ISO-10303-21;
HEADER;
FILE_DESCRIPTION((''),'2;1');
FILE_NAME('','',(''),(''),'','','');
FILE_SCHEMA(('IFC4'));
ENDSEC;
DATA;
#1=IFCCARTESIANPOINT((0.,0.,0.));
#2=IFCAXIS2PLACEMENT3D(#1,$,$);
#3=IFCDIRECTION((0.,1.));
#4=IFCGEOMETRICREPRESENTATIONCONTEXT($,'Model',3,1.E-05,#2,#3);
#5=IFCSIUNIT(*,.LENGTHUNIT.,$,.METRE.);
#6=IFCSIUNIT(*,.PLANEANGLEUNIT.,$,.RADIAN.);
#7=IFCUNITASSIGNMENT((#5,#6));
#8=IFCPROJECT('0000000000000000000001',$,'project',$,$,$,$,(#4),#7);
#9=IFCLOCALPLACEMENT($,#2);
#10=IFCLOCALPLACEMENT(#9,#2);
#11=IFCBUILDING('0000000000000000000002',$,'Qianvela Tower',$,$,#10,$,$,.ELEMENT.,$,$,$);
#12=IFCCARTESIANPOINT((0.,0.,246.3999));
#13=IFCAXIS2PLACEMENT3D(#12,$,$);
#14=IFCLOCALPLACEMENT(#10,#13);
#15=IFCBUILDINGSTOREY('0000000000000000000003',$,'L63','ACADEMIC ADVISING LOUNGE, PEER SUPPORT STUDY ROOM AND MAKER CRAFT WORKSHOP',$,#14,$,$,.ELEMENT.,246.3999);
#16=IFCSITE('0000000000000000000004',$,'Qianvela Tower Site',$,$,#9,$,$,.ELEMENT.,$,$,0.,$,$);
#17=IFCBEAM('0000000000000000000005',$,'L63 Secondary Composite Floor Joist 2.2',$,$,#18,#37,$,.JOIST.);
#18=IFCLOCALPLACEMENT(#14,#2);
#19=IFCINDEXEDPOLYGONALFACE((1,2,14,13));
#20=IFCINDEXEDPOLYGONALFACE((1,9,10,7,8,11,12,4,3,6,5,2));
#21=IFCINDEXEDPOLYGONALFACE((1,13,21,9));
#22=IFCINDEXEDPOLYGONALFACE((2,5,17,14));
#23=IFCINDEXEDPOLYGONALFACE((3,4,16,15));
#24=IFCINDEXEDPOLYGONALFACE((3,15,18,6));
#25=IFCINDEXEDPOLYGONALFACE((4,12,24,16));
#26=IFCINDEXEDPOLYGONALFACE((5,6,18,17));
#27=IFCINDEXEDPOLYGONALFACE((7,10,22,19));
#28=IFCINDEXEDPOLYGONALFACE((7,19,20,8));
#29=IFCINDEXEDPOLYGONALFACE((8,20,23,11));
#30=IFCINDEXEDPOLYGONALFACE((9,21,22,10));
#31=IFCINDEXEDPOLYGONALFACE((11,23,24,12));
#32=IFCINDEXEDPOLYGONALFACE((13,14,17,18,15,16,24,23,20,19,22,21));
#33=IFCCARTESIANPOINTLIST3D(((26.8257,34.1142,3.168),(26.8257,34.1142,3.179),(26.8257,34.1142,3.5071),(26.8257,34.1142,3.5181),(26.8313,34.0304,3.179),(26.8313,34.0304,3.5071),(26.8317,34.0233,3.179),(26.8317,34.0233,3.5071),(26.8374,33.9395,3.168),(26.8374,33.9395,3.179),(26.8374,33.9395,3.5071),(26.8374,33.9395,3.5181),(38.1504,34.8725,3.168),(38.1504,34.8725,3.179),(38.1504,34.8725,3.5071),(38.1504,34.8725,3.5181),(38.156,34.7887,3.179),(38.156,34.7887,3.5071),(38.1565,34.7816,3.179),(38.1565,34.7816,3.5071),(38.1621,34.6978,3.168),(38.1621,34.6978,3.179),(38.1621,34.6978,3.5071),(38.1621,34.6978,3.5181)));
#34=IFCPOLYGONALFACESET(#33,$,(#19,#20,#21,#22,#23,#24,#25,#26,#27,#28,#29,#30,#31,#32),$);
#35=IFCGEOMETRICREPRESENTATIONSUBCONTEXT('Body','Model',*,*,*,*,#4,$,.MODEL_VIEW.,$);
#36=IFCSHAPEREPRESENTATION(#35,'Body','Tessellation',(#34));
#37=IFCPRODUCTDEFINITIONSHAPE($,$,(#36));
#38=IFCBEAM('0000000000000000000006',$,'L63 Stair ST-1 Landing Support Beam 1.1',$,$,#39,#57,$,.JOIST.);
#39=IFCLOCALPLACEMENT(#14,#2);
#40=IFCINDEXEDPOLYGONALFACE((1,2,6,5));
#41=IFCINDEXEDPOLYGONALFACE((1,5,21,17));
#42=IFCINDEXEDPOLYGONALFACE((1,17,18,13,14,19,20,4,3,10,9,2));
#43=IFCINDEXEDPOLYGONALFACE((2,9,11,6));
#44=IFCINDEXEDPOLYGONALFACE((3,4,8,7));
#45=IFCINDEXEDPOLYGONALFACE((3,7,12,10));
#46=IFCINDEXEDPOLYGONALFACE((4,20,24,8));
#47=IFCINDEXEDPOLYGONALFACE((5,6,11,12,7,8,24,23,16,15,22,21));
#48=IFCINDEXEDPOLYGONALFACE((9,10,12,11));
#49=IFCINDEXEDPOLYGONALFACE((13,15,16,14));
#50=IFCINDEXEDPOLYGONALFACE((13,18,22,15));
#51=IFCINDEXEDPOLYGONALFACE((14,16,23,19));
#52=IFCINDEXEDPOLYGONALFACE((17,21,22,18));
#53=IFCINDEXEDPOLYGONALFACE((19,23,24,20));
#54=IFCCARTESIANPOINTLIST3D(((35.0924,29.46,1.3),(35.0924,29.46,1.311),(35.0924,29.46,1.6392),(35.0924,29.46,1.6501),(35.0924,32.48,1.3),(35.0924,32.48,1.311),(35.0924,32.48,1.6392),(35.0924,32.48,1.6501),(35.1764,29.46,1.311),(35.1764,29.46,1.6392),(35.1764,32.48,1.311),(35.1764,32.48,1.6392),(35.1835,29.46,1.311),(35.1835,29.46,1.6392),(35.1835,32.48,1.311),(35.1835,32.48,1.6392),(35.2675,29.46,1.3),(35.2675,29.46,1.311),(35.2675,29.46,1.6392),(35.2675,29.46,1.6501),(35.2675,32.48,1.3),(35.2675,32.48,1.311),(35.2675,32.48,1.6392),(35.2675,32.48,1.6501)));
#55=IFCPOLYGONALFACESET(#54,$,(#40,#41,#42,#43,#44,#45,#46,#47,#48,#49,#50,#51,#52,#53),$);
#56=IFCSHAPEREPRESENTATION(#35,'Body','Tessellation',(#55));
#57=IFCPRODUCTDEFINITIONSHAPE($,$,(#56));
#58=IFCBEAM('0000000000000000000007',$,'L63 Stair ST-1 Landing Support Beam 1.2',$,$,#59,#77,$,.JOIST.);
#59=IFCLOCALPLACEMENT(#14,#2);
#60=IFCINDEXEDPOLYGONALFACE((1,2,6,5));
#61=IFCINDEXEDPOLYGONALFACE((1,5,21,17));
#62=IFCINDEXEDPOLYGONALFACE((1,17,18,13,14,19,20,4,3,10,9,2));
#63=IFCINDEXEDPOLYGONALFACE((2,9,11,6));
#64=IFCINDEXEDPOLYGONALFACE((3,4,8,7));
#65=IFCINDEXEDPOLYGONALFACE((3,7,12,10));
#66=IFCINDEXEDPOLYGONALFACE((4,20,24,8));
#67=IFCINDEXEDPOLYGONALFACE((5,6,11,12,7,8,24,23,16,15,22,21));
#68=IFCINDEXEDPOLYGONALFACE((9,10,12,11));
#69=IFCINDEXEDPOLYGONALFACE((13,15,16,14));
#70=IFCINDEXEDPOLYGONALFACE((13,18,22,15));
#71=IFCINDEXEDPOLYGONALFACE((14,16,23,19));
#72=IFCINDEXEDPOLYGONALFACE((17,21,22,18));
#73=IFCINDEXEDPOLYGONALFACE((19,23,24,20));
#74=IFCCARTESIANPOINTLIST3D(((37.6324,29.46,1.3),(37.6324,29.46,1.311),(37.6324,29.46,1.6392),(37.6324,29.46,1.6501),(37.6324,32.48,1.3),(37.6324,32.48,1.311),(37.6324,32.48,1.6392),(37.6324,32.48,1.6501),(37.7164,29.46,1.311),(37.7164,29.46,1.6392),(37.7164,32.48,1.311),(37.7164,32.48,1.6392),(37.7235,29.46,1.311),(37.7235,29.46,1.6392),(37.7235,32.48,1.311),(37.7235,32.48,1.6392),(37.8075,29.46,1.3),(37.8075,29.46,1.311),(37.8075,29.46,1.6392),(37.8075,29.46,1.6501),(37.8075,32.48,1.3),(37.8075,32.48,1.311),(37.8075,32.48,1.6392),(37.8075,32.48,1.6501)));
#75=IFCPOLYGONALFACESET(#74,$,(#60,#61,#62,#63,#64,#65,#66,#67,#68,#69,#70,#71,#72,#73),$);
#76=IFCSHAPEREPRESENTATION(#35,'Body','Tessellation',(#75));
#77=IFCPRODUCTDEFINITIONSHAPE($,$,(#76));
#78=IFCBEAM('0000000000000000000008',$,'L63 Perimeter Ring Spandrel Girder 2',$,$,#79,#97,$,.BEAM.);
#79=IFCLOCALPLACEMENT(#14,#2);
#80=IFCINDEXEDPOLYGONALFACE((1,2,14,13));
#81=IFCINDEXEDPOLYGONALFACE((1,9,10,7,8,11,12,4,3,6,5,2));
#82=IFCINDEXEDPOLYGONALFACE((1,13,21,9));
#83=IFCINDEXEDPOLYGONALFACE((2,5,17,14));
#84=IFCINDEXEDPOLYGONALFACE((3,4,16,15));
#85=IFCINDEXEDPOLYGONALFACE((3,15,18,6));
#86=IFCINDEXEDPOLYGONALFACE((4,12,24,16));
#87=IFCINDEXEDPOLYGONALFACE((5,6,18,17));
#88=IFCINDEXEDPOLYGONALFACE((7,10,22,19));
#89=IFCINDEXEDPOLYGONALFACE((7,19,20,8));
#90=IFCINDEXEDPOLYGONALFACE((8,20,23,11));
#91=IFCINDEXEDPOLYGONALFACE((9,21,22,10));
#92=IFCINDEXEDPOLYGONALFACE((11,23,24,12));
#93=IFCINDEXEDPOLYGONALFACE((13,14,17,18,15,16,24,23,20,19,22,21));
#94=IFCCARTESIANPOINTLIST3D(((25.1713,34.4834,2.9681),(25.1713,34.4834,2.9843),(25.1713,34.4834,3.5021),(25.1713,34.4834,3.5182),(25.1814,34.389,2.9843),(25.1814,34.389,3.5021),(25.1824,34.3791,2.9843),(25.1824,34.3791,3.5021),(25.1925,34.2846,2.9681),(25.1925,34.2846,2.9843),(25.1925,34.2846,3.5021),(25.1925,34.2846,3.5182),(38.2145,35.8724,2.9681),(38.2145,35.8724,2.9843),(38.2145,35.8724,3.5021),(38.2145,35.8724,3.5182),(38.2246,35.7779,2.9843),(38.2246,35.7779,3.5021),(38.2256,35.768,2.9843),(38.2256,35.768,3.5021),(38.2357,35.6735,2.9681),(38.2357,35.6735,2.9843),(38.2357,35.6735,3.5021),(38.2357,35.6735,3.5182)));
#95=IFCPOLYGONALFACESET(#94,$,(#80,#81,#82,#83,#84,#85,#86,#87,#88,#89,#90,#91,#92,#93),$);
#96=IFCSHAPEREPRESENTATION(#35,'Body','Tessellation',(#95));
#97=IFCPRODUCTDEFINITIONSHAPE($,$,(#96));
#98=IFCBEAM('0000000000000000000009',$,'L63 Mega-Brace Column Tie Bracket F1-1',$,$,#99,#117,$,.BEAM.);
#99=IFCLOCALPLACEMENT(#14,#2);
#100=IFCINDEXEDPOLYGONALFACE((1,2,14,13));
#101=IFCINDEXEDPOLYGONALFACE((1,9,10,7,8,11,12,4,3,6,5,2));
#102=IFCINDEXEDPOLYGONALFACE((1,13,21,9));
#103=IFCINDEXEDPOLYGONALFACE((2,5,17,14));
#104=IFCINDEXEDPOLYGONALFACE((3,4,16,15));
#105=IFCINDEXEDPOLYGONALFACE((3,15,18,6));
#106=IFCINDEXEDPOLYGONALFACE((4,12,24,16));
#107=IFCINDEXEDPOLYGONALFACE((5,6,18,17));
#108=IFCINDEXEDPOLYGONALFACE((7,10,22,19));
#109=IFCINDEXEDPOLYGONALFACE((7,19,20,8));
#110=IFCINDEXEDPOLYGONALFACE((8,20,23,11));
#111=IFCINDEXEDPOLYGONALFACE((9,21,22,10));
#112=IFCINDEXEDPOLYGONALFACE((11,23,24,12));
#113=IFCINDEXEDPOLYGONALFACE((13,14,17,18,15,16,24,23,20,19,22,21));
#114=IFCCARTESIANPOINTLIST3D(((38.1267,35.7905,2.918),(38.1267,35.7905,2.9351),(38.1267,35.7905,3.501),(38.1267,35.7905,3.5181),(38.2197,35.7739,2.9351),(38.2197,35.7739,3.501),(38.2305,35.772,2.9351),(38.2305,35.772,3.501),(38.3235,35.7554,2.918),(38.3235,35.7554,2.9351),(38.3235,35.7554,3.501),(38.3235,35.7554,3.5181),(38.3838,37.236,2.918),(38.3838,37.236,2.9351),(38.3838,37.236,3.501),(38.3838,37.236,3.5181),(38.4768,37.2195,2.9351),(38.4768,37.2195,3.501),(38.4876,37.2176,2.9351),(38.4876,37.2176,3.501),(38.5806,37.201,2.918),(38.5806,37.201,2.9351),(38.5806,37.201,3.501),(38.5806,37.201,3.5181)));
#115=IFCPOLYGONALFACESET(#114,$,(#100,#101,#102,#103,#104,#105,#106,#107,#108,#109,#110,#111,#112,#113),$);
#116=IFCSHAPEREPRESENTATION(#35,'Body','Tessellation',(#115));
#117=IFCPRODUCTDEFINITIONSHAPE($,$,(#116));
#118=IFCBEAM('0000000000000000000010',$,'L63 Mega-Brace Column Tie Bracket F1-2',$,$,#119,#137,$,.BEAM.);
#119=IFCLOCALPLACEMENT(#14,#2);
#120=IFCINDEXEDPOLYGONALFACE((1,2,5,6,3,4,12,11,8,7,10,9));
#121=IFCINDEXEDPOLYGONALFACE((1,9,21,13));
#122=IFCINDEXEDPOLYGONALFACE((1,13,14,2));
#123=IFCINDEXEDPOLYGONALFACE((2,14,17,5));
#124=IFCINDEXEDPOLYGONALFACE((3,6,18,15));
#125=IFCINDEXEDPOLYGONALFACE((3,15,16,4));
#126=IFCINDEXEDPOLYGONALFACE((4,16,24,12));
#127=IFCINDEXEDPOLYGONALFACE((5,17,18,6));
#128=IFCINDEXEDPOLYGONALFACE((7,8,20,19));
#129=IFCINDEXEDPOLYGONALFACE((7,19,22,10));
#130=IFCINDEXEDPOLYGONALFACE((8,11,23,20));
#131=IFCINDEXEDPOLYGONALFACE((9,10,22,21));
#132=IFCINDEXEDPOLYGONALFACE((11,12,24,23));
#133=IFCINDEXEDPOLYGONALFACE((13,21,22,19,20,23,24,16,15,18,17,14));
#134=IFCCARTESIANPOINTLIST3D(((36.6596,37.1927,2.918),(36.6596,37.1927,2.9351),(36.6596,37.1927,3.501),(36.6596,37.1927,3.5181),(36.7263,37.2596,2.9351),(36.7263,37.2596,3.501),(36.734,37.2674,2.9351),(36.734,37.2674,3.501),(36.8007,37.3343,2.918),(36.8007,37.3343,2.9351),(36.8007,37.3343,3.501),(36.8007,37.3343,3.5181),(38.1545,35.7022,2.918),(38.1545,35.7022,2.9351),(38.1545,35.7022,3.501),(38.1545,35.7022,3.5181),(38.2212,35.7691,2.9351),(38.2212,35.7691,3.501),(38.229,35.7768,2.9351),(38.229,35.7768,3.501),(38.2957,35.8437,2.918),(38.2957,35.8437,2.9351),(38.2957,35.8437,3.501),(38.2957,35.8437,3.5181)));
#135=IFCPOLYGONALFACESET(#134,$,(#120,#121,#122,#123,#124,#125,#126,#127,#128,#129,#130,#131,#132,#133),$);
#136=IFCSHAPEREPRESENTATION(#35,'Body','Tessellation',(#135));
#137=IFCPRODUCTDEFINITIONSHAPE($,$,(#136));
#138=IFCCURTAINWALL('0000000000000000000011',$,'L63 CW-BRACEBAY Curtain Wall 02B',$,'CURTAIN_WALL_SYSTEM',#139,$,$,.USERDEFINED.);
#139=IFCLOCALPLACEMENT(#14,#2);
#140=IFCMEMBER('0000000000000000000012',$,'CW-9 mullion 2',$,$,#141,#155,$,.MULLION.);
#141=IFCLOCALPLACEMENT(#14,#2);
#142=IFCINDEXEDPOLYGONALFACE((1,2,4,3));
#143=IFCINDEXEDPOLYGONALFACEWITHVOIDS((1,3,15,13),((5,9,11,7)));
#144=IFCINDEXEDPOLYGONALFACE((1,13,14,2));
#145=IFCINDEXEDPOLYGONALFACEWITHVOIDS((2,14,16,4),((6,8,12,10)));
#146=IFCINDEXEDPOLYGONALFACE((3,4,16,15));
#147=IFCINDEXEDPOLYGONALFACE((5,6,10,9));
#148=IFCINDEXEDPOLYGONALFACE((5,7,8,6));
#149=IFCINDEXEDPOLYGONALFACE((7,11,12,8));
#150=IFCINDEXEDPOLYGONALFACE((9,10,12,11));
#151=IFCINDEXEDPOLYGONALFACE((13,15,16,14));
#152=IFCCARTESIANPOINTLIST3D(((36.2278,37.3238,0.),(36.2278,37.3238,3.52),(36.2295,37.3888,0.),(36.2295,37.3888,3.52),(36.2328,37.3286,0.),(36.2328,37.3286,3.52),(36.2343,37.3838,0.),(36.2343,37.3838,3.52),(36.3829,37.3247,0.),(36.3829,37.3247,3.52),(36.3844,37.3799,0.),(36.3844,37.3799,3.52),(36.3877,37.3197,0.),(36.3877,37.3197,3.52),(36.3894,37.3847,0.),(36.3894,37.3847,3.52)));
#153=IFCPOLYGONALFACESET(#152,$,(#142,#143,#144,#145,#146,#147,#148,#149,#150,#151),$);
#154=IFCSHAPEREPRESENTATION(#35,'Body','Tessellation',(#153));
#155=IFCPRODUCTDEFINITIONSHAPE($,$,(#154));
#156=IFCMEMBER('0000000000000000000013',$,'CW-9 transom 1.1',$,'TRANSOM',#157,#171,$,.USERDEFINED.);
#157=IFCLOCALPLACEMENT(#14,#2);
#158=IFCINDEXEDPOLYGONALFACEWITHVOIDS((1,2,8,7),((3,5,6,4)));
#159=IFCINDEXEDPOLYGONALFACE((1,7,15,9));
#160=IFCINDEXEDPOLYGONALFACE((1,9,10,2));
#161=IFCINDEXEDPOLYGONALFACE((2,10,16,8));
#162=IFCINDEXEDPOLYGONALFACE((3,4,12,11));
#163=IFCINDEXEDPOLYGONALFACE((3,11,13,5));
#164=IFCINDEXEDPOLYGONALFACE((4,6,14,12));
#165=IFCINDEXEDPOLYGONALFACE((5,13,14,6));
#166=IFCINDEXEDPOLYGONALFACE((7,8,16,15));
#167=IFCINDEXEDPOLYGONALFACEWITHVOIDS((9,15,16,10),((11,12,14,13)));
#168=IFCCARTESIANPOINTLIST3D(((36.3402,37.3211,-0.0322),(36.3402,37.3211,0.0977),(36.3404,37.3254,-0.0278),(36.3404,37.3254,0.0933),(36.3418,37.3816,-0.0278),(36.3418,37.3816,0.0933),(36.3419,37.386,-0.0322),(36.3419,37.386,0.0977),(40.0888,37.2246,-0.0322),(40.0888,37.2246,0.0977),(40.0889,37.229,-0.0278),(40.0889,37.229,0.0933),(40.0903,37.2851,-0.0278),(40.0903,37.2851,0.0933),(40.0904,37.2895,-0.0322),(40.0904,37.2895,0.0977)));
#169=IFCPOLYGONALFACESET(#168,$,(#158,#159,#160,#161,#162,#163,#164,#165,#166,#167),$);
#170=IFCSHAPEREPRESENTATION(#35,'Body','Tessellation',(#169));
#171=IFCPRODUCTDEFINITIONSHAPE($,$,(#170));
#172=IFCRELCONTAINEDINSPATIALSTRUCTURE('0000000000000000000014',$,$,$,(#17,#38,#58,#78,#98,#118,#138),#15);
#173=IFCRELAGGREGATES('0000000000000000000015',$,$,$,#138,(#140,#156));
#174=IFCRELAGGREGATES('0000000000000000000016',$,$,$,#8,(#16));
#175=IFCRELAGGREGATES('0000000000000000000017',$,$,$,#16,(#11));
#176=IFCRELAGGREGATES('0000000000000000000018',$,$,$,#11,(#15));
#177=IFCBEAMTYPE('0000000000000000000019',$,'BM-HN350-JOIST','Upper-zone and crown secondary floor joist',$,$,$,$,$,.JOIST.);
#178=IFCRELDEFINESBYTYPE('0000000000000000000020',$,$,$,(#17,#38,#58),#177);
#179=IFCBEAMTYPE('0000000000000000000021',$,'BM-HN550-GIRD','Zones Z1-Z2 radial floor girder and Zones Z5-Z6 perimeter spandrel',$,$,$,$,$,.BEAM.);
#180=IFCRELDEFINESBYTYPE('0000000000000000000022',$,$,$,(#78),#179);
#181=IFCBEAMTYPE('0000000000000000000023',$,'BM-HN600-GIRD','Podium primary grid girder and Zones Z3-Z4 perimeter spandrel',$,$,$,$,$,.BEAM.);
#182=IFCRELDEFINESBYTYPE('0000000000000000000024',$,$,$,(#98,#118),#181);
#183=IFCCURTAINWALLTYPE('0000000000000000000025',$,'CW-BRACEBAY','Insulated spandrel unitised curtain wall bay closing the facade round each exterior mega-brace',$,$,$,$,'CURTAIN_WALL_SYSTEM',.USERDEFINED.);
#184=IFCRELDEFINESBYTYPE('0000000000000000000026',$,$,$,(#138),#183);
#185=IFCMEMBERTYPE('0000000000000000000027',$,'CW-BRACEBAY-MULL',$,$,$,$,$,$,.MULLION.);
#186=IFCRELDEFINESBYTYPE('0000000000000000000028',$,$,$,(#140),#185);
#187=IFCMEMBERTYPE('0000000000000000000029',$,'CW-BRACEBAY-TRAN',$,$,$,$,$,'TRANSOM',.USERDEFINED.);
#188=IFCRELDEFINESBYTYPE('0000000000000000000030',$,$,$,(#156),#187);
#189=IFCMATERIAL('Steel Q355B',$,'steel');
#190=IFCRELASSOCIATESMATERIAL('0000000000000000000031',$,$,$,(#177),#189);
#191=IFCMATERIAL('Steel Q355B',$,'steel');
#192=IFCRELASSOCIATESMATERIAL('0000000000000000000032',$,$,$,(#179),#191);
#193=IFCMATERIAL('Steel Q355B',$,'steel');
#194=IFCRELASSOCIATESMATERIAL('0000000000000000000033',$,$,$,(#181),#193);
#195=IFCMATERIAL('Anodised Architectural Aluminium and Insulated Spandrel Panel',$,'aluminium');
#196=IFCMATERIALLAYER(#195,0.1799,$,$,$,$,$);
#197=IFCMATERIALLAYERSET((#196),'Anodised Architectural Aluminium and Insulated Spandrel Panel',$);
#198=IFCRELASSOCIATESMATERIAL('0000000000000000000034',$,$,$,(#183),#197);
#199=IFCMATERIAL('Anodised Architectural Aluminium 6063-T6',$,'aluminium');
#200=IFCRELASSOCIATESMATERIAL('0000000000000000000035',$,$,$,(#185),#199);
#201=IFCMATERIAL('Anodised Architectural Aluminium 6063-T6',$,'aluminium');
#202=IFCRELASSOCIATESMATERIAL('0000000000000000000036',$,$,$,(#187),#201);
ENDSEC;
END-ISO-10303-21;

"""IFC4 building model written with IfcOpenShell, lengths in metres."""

from ifc_helpers import new_model, si_unit, direction, frame, origin, origin_2d, place, context, subcontext, project, spatial, hollow_rectangle, i_section, extrude, material, layer, layer_set, material_profile, profile_set, type_object, element, aggregate, save


model = new_model("IFC4")

# Units and contexts
model_context = context("Model", 3, precision=1e-05, world=origin(), true_north=direction((0.0, 1.0)))
body_context = subcontext(model_context, "Body", "Model", "MODEL_VIEW")
ifc_project = project(units=[si_unit("LENGTHUNIT", "METRE"), si_unit("PLANEANGLEUNIT", "RADIAN")], contexts=[model_context])

# Site, building, storey
site_placement = place(None, origin())
site = spatial("IfcSite", under=ifc_project, at=site_placement, Name="Qianvela Tower Site", CompositionType="ELEMENT", RefElevation=0.0)
building_placement = place(site_placement, origin())
building = spatial("IfcBuilding", under=site, at=building_placement, Name="Qianvela Tower", CompositionType="ELEMENT")
storey_placement = place(building_placement, frame((0.0, 0.0, 246.3999)))
storey = spatial("IfcBuildingStorey", under=building, at=storey_placement, Name="L63", Description="ACADEMIC ADVISING LOUNGE, PEER SUPPORT STUDY ROOM AND MAKER CRAFT WORKSHOP", CompositionType="ELEMENT", Elevation=246.3999)

# Beams
ifc_material_1 = material(Name="Steel Q355B", Category="steel")
ifc_material_profile_1 = material_profile(ifc_material_1, i_section(OverallWidth=0.175, OverallDepth=0.3501, WebThickness=0.0071, FlangeThickness=0.011, at=origin_2d()), Name="HN350x175x7x11")
ifc_profile_set_1 = profile_set([ifc_material_profile_1], Name="Steel Q355B")
beam_type_1 = type_object("IfcBeamType", Name="BM-HN350-JOIST", Description="Upper-zone and crown secondary floor joist", PredefinedType="JOIST", material=ifc_profile_set_1)
beam_1_placement = place(storey_placement, frame((38.1562, 34.7852, 3.343), z_axis=(-0.997766, -0.06681, 0.0), x_axis=(0.06681, -0.997766, 0.0)))
element("IfcBeam", 1, at=beam_1_placement, inside=storey, type_object=beam_type_1, Name="L63 Secondary Composite Floor Joist 2.2", PredefinedType="JOIST", context=body_context, shape_type="SweptSolid", body=[
    extrude(i_section(OverallWidth=0.175, OverallDepth=0.3501, WebThickness=0.0071, FlangeThickness=0.011, at=origin_2d()), origin(), (0.0, 0.0, 1.0), 11.3501),
])
for number, where, z_axis, x_axis, name in (
    (2, (35.1799, 29.46, 1.4751), (0.0, 1.0, 0.0), (-1.0, 0.0, 0.0), "L63 Stair ST-1 Landing Support Beam 1.1"),
    (3, (37.72, 29.46, 1.4751), (0.0, 1.0, 0.0), (-1.0, 0.0, 0.0), "L63 Stair ST-1 Landing Support Beam 1.2"),
):
    element("IfcBeam", number, at=place(storey_placement, frame(where, z_axis=z_axis, x_axis=x_axis)), inside=storey, type_object=beam_type_1, Name=name, PredefinedType="JOIST", context=body_context, shape_type="SweptSolid", body=[
        extrude(i_section(OverallWidth=0.175, OverallDepth=0.3501, WebThickness=0.0071, FlangeThickness=0.011, at=origin_2d()), origin(), (0.0, 0.0, 1.0), 3.02),
    ])
ifc_material_2 = material(Name="Steel Q355B", Category="steel")
ifc_material_profile_2 = material_profile(ifc_material_2, i_section(OverallWidth=0.2, OverallDepth=0.55, WebThickness=0.01, FlangeThickness=0.0161, at=origin_2d()), Name="HN550x200x10x16")
ifc_profile_set_2 = profile_set([ifc_material_profile_2], Name="Steel Q355B")
beam_type_2 = type_object("IfcBeamType", Name="BM-HN550-GIRD", Description="Zones Z1-Z2 radial floor girder and Zones Z5-Z6 perimeter spandrel", PredefinedType="BEAM", material=ifc_profile_set_2)
beam_2_placement = place(storey_placement, frame((38.2251, 35.7729, 3.2432), z_axis=(-0.994378, -0.105887, 0.0), x_axis=(0.105887, -0.994378, 0.0)))
element("IfcBeam", 4, at=beam_2_placement, inside=storey, type_object=beam_type_2, Name="L63 Perimeter Ring Spandrel Girder 2", PredefinedType="BEAM", context=body_context, shape_type="SweptSolid", body=[
    extrude(i_section(OverallWidth=0.2, OverallDepth=0.55, WebThickness=0.01, FlangeThickness=0.0161, at=origin_2d()), origin(), (0.0, 0.0, 1.0), 13.1169),
])
ifc_material_3 = material(Name="Steel Q355B", Category="steel")
ifc_material_profile_3 = material_profile(ifc_material_3, i_section(OverallWidth=0.2, OverallDepth=0.6001, WebThickness=0.011, FlangeThickness=0.0171, at=origin_2d()), Name="HN600x200x11x17")
ifc_profile_set_3 = profile_set([ifc_material_profile_3], Name="Steel Q355B")
beam_type_3 = type_object("IfcBeamType", Name="BM-HN600-GIRD", Description="Podium primary grid girder and Zones Z3-Z4 perimeter spandrel", PredefinedType="BEAM", material=ifc_profile_set_3)
beam_3_placement = place(storey_placement, frame((38.2251, 35.7729, 3.218), z_axis=(0.175094, 0.984552, 0.0), x_axis=(-0.984552, 0.175094, 0.0)))
element("IfcBeam", 5, at=beam_3_placement, inside=storey, type_object=beam_type_3, Name="L63 Mega-Brace Column Tie Bracket F1-1", PredefinedType="BEAM", context=body_context, shape_type="SweptSolid", body=[
    extrude(i_section(OverallWidth=0.2, OverallDepth=0.6001, WebThickness=0.011, FlangeThickness=0.0171, at=origin_2d()), origin(), (0.0, 0.0, 1.0), 1.4683),
])
beam_4_placement = place(storey_placement, frame((38.2251, 35.7729, 3.218), z_axis=(-0.708147, 0.706065, 0.0), x_axis=(-0.706065, -0.708147, 0.0)))
element("IfcBeam", 6, at=beam_4_placement, inside=storey, type_object=beam_type_3, Name="L63 Mega-Brace Column Tie Bracket F1-2", PredefinedType="BEAM", context=body_context, shape_type="SweptSolid", body=[
    extrude(i_section(OverallWidth=0.2, OverallDepth=0.6001, WebThickness=0.011, FlangeThickness=0.0171, at=origin_2d()), origin(), (0.0, 0.0, 1.0), 2.1111),
])

# Curtain wall, members
ifc_material_4 = material(Name="Anodised Architectural Aluminium and Insulated Spandrel Panel", Category="aluminium")
ifc_layer_1 = layer(ifc_material_4, 0.1799)
ifc_layer_set_1 = layer_set([ifc_layer_1], Name="Anodised Architectural Aluminium and Insulated Spandrel Panel")
curtain_wall_type_1 = type_object("IfcCurtainWallType", Name="CW-BRACEBAY", Description="Insulated spandrel unitised curtain wall bay closing the facade round each exterior mega-brace", ElementType="CURTAIN_WALL_SYSTEM", PredefinedType="USERDEFINED", material=ifc_layer_set_1)
curtain_wall_1_placement = place(storey_placement, origin())
curtain_wall_1 = element("IfcCurtainWall", 7, at=curtain_wall_1_placement, inside=storey, type_object=curtain_wall_type_1, Name="L63 CW-BRACEBAY Curtain Wall 02B", ObjectType="CURTAIN_WALL_SYSTEM", PredefinedType="USERDEFINED")
ifc_material_5 = material(Name="Anodised Architectural Aluminium 6063-T6", Category="aluminium")
ifc_material_profile_4 = material_profile(ifc_material_5, hollow_rectangle(XDim=0.0649, YDim=0.1599, WallThickness=0.0049, at=origin_2d()), Name="ALU-MULL-65x160")
ifc_profile_set_4 = profile_set([ifc_material_profile_4], Name="Anodised Architectural Aluminium 6063-T6")
member_type_1 = type_object("IfcMemberType", Name="CW-BRACEBAY-MULL", PredefinedType="MULLION", material=ifc_profile_set_4)
member_1_placement = place(storey_placement, frame((36.3086, 37.3542, 0.0), z_axis=(0.0, 0.0, 1.0), x_axis=(-0.025696, -0.99967, 0.0)))
member_1 = element("IfcMember", 8, at=member_1_placement, type_object=member_type_1, Name="CW-9 mullion 2", PredefinedType="MULLION", context=body_context, shape_type="SweptSolid", body=[
    extrude(hollow_rectangle(XDim=0.0649, YDim=0.1599, WallThickness=0.0049, at=origin_2d()), origin(), (0.0, 0.0, 1.0), 3.52),
])
ifc_material_6 = material(Name="Anodised Architectural Aluminium 6063-T6", Category="aluminium")
ifc_material_profile_5 = material_profile(ifc_material_6, hollow_rectangle(XDim=0.0649, YDim=0.1299, WallThickness=0.0044, at=origin_2d()), Name="ALU-TRAN-65x130")
ifc_profile_set_5 = profile_set([ifc_material_profile_5], Name="Anodised Architectural Aluminium 6063-T6")
member_type_2 = type_object("IfcMemberType", Name="CW-BRACEBAY-TRAN", ElementType="TRANSOM", PredefinedType="USERDEFINED", material=ifc_profile_set_5)
member_2_placement = place(storey_placement, frame((40.0896, 37.2571, 0.0327), z_axis=(-0.999669, 0.025718, 0.0), x_axis=(-0.025718, -0.999669, 0.0)))
member_2 = element("IfcMember", 9, at=member_2_placement, type_object=member_type_2, Name="CW-9 transom 1.1", ObjectType="TRANSOM", PredefinedType="USERDEFINED", context=body_context, shape_type="SweptSolid", body=[
    extrude(hollow_rectangle(XDim=0.0649, YDim=0.1299, WallThickness=0.0044, at=origin_2d()), origin(), (0.0, 0.0, 1.0), 3.7498),
])

aggregate(curtain_wall_1, [member_1, member_2])

save(model, "model.ifc")
